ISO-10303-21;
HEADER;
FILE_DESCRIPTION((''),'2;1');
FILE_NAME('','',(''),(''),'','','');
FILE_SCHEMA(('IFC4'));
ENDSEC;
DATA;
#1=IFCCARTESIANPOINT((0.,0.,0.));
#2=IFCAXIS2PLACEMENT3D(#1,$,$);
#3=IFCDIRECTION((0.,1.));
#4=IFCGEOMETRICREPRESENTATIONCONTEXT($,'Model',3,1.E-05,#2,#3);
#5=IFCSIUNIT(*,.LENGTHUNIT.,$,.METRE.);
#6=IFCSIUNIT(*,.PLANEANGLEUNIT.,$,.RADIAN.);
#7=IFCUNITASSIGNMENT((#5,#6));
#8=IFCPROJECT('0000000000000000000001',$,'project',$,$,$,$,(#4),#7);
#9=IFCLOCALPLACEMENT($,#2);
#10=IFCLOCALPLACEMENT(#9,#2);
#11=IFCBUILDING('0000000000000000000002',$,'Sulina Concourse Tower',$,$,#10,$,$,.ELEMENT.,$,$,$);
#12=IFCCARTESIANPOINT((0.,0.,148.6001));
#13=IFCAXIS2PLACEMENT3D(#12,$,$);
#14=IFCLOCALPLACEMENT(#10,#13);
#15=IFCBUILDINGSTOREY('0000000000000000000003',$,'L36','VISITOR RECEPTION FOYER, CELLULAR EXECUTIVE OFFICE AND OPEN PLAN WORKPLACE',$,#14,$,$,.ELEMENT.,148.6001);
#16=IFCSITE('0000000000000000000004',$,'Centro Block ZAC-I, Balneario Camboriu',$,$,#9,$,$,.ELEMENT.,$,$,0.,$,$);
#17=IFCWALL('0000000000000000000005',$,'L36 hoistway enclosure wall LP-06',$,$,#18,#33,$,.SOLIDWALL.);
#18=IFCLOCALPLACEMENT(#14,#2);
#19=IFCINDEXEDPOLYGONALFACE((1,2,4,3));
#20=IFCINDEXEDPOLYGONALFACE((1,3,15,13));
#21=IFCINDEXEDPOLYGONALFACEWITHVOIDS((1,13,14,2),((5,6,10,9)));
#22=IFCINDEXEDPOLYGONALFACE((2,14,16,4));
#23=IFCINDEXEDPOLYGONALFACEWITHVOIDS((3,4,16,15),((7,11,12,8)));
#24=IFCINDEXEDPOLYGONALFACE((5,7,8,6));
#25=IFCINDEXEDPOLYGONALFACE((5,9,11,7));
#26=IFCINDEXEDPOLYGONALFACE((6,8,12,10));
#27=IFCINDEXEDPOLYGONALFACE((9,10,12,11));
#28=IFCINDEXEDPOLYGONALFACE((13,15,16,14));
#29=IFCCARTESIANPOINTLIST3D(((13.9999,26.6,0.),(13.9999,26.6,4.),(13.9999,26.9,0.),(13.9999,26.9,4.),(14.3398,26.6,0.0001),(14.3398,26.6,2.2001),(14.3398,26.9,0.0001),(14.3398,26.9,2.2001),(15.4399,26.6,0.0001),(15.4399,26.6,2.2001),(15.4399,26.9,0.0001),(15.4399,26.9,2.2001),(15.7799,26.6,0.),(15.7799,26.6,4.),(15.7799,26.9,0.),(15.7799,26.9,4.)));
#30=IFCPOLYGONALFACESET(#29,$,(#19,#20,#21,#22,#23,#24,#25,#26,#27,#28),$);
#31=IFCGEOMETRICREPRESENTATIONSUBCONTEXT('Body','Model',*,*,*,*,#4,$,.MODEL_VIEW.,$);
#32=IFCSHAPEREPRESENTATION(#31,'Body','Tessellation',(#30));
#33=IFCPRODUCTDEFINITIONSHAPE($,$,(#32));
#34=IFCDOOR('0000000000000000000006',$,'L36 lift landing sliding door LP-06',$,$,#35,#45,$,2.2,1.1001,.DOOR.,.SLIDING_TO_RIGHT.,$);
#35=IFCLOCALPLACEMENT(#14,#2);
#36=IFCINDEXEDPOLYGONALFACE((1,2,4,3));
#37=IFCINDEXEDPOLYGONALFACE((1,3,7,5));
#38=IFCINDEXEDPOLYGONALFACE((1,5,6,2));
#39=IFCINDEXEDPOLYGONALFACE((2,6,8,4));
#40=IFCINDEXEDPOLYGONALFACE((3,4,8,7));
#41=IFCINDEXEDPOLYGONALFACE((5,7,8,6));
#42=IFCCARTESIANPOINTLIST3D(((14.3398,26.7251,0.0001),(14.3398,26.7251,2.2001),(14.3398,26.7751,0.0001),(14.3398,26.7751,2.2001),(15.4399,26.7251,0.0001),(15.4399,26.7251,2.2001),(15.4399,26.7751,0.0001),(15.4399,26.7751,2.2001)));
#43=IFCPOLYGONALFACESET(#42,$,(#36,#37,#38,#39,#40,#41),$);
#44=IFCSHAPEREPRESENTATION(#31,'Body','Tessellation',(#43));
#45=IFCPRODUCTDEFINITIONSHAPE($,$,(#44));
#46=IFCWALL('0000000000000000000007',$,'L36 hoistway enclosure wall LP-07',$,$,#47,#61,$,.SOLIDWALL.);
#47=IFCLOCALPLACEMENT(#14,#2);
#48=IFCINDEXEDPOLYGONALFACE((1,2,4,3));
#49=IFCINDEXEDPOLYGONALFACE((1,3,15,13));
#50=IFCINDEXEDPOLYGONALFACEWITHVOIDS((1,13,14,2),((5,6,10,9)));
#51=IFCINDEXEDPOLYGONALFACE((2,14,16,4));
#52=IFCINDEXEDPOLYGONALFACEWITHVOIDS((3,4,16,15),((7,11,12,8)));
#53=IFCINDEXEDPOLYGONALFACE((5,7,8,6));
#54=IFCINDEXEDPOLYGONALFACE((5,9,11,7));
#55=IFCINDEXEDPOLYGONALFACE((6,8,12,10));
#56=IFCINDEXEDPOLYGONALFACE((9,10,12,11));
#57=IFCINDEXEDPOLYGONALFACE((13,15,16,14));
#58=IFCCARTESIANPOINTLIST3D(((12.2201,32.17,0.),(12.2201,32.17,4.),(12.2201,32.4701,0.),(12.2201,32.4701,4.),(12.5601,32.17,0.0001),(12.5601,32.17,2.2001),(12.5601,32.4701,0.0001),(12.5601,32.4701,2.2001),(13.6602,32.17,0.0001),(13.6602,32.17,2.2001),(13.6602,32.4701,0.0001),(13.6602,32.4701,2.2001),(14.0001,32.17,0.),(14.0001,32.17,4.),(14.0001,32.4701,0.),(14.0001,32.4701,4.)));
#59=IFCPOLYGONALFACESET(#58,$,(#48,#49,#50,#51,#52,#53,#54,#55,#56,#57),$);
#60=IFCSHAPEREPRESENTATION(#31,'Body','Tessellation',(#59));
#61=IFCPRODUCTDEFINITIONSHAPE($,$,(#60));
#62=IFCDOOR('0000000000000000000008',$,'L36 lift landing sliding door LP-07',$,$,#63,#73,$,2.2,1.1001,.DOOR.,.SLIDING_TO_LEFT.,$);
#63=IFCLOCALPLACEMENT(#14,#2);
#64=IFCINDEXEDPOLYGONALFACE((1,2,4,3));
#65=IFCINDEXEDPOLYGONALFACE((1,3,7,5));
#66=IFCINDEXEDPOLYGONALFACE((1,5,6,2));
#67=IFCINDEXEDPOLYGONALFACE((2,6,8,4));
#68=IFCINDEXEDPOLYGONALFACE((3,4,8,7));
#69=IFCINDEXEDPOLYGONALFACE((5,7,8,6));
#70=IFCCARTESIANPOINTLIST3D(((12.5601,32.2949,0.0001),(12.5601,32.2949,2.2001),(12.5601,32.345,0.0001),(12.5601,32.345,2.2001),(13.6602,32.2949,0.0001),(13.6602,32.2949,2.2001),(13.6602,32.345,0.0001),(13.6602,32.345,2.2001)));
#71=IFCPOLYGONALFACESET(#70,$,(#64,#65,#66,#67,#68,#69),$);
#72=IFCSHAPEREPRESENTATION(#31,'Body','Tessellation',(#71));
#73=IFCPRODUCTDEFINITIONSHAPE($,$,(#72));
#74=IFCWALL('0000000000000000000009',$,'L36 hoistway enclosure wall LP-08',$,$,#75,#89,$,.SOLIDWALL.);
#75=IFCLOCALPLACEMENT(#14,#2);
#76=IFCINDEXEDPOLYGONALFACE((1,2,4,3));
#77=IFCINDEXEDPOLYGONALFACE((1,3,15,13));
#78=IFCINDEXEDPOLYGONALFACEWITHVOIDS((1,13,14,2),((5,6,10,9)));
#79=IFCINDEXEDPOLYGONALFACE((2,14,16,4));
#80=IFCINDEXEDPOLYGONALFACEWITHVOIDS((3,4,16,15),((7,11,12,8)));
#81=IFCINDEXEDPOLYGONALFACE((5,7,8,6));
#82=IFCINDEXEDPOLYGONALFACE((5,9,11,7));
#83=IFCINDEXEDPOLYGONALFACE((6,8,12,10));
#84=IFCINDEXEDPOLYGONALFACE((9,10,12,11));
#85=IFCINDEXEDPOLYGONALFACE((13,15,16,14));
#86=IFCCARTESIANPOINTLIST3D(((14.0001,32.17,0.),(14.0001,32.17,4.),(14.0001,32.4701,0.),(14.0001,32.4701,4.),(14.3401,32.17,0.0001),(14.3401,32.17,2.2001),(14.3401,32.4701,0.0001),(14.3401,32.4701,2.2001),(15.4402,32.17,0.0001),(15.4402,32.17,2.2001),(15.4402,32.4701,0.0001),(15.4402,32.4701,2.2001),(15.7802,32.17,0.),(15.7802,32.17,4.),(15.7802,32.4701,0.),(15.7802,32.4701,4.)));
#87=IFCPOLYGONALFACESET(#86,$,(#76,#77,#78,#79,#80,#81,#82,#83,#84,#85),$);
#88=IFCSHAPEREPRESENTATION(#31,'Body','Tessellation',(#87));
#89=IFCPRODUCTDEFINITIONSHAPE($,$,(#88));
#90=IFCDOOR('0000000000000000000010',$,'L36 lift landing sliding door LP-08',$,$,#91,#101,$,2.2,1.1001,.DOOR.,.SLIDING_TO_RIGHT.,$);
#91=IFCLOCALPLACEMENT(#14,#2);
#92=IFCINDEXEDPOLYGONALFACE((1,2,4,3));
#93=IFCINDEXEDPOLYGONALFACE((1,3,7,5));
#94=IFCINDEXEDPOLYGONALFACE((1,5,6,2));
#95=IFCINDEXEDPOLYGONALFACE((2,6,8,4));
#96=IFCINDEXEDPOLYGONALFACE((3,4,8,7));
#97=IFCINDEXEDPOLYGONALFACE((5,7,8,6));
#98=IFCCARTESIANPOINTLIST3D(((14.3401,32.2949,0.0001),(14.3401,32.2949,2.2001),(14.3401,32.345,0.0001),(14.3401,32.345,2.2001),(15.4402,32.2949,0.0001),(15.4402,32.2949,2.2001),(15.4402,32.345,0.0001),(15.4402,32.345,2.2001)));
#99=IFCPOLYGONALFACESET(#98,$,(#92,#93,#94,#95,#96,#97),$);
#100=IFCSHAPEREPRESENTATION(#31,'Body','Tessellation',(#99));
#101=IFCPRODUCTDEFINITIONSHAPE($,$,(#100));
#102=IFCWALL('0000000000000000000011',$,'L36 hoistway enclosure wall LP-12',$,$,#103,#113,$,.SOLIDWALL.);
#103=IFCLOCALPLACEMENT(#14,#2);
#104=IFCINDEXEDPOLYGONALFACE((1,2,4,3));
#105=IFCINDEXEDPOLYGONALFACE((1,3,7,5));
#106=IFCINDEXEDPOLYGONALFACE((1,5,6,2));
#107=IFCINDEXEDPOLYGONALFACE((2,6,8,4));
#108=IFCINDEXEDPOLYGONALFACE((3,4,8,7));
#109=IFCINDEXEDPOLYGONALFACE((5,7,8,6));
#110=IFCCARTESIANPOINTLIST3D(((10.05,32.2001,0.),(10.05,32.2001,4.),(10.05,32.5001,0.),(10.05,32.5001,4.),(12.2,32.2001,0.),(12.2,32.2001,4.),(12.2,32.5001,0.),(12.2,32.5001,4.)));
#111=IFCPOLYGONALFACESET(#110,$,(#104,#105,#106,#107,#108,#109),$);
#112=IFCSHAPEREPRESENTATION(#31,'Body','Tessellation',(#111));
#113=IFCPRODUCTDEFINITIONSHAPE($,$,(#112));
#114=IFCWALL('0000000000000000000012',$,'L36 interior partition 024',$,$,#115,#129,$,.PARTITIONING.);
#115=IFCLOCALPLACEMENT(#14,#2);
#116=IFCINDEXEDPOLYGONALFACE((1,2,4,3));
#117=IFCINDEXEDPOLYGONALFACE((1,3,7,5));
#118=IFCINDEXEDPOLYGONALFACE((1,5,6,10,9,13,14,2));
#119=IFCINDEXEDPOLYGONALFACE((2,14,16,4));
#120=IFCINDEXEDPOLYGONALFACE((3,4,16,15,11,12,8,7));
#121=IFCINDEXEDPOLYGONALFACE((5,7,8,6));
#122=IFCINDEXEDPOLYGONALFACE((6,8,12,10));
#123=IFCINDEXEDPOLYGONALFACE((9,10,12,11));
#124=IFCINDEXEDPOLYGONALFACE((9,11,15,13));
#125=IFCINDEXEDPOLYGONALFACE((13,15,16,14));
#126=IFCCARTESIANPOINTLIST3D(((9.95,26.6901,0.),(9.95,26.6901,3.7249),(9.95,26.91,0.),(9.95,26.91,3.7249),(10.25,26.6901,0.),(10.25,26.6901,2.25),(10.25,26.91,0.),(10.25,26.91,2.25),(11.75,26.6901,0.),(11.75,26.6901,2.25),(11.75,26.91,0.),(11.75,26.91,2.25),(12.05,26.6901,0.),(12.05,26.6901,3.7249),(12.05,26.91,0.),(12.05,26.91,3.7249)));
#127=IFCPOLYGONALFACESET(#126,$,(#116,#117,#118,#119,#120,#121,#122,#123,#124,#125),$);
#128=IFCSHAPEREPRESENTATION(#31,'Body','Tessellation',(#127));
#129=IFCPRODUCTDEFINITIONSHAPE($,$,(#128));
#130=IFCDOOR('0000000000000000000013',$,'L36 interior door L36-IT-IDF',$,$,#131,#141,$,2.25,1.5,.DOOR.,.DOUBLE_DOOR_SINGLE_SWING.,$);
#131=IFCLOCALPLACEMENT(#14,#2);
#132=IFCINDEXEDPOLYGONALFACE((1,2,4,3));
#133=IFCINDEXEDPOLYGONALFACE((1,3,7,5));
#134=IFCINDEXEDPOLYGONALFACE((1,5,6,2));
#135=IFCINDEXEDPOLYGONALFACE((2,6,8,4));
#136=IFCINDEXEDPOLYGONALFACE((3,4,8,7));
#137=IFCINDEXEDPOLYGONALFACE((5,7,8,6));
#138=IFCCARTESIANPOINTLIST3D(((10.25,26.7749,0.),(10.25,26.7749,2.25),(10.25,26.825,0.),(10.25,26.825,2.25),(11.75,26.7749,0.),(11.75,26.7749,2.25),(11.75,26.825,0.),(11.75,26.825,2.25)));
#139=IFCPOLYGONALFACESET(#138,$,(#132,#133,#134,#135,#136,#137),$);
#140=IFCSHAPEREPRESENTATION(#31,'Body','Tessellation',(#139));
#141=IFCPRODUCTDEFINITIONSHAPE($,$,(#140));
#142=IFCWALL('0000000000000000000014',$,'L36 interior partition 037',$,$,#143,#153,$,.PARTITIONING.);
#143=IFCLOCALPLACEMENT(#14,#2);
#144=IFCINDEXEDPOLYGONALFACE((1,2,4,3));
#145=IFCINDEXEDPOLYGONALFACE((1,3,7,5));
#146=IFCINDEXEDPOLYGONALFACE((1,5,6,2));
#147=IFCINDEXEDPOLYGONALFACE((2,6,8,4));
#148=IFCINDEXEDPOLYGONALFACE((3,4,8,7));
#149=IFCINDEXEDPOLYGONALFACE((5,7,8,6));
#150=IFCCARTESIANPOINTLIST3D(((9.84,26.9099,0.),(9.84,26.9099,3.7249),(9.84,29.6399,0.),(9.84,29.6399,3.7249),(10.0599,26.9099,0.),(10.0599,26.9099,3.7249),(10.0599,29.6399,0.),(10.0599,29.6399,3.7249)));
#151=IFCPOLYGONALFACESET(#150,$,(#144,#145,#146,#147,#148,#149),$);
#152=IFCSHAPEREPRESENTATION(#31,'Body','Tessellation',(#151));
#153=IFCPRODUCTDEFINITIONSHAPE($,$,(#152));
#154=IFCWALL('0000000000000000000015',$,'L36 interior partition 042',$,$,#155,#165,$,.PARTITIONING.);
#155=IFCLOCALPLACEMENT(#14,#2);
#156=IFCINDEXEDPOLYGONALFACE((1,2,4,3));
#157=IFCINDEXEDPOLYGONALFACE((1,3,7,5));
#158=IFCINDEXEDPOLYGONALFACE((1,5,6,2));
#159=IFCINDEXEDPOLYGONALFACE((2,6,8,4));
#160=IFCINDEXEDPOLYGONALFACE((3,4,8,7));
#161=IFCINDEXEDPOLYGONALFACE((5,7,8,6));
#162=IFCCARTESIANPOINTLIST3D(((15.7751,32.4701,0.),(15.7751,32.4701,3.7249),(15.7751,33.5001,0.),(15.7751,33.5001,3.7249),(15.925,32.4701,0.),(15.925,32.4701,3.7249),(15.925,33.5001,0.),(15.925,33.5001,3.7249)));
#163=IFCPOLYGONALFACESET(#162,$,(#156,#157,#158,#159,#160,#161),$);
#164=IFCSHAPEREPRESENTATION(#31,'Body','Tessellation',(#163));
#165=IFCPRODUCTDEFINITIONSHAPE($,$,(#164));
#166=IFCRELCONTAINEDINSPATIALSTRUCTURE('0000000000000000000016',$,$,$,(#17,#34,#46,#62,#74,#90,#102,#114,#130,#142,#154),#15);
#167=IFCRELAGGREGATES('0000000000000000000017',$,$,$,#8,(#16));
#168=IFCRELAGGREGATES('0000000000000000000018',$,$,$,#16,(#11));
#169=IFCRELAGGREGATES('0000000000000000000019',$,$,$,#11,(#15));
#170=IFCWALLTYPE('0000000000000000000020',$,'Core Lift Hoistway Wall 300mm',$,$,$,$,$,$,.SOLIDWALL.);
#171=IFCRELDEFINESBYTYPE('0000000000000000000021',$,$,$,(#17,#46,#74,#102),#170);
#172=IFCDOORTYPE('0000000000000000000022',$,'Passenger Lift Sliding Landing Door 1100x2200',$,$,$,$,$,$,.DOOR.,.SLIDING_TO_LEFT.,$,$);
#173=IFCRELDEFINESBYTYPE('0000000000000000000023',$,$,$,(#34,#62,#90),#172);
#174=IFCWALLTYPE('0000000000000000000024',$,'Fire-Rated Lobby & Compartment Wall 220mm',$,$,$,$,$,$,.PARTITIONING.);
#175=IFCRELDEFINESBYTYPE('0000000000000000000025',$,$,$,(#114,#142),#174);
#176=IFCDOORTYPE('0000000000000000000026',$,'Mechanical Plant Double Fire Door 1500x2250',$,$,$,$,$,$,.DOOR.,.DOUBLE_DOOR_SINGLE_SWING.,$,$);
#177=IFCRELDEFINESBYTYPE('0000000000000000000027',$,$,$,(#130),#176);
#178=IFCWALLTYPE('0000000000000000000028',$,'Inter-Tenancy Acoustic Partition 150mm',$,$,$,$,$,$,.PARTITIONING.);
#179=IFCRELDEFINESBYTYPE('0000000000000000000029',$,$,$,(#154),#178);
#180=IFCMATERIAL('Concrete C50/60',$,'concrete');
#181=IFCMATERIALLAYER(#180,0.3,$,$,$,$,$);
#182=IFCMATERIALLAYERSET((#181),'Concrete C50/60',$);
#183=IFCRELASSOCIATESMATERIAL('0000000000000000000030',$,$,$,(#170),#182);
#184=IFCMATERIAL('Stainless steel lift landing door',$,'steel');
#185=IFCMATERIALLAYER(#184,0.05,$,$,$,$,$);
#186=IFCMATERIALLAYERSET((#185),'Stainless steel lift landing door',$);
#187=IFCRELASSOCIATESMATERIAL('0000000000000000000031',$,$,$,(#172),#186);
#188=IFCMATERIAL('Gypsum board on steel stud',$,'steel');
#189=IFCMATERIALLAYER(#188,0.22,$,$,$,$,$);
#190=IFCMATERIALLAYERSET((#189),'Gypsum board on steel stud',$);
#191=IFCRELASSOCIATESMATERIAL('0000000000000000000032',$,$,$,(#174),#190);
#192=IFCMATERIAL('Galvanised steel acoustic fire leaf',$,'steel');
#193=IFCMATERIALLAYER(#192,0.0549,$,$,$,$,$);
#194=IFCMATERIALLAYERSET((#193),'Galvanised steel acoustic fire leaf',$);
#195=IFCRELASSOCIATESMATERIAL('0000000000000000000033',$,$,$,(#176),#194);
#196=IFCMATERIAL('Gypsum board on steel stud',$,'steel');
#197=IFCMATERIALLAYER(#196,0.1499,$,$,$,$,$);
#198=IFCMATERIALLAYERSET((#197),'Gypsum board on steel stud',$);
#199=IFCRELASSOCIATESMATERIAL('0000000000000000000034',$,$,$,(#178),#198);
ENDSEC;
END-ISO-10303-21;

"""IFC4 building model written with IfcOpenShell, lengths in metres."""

from ifc_helpers import new_model, si_unit, direction, frame, frame_2d, origin, place, context, subcontext, project, spatial, rectangle, extrude, material, layer, layer_set, type_object, element, fill, save


model = new_model("IFC4")

# Units and contexts
model_context = context("Model", 3, precision=1e-05, world=origin(), true_north=direction((0.0, 1.0)))
body_context = subcontext(model_context, "Body", "Model", "MODEL_VIEW")
ifc_project = project(units=[si_unit("LENGTHUNIT", "METRE"), si_unit("PLANEANGLEUNIT", "RADIAN")], contexts=[model_context])

# Site, building, storey
site_placement = place(None, origin())
site = spatial("IfcSite", under=ifc_project, at=site_placement, Name="Centro Block ZAC-I, Balneario Camboriu", CompositionType="ELEMENT", RefElevation=0.0)
building_placement = place(site_placement, origin())
building = spatial("IfcBuilding", under=site, at=building_placement, Name="Sulina Concourse Tower", CompositionType="ELEMENT")
storey_placement = place(building_placement, frame((0.0, 0.0, 148.6001)))
storey = spatial("IfcBuildingStorey", under=building, at=storey_placement, Name="L36", Description="VISITOR RECEPTION FOYER, CELLULAR EXECUTIVE OFFICE AND OPEN PLAN WORKPLACE", CompositionType="ELEMENT", Elevation=148.6001)

# Walls, openings, doors
ifc_material_1 = material(Name="Concrete C50/60", Category="concrete")
ifc_layer_1 = layer(ifc_material_1, 0.3)
ifc_layer_set_1 = layer_set([ifc_layer_1], Name="Concrete C50/60")
wall_type_1 = type_object("IfcWallType", Name="Core Lift Hoistway Wall 300mm", PredefinedType="SOLIDWALL", material=ifc_layer_set_1)
ifc_material_2 = material(Name="Stainless steel lift landing door", Category="steel")
ifc_layer_2 = layer(ifc_material_2, 0.05)
ifc_layer_set_2 = layer_set([ifc_layer_2], Name="Stainless steel lift landing door")
door_type_1 = type_object("IfcDoorType", Name="Passenger Lift Sliding Landing Door 1100x2200", OperationType="SLIDING_TO_LEFT", PredefinedType="DOOR", material=ifc_layer_set_2)
wall_1_placement = place(storey_placement, frame((15.78, 26.75, 0.0), z_axis=(0.0, 0.0, 1.0), x_axis=(-1.0, 0.0, 0.0)))
wall_1 = element("IfcWall", 1, at=wall_1_placement, inside=storey, type_object=wall_type_1, Name="L36 hoistway enclosure wall LP-06", PredefinedType="SOLIDWALL", context=body_context, shape_type="SweptSolid", body=[
    extrude(rectangle(XDim=1.78, YDim=0.3, at=frame_2d((0.8901, 0.0))), origin(), (0.0, 0.0, 1.0), 4.0),
])
opening_1_placement = place(wall_1_placement, frame((0.3401, 0.0, 0.0)))
opening_1 = element("IfcOpeningElement", 2, at=opening_1_placement, cuts=wall_1, PredefinedType="OPENING", context=body_context, shape_type="SweptSolid", body=[
    extrude(rectangle(XDim=1.1001, YDim=2.2, at=frame_2d((0.55, 1.1001))), frame((0.0, 0.1599, 0.0), z_axis=(0.0, -1.0, 0.0), x_axis=(1.0, 0.0, 0.0)), (0.0, 0.0, 1.0), 0.3201),
])
door_1_placement = place(opening_1_placement, origin())
door_1 = element("IfcDoor", 3, at=door_1_placement, inside=storey, type_object=door_type_1, Name="L36 lift landing sliding door LP-06", OperationType="SLIDING_TO_RIGHT", OverallHeight=2.2, OverallWidth=1.1001, PredefinedType="DOOR", context=body_context, shape_type="SweptSolid", body=[
    extrude(rectangle(XDim=1.1001, YDim=2.2, at=frame_2d((0.55, 1.1001))), frame((0.0, 0.0249, 0.0), z_axis=(0.0, -1.0, 0.0), x_axis=(1.0, 0.0, 0.0)), (0.0, 0.0, 1.0), 0.05),
])
fill(opening_1, door_1)
wall_2_placement = place(storey_placement, frame((12.22, 32.3201, 0.0), z_axis=(0.0, 0.0, 1.0), x_axis=(1.0, 0.0, 0.0)))
wall_2 = element("IfcWall", 4, at=wall_2_placement, inside=storey, type_object=wall_type_1, Name="L36 hoistway enclosure wall LP-07", PredefinedType="SOLIDWALL", context=body_context, shape_type="SweptSolid", body=[
    extrude(rectangle(XDim=1.78, YDim=0.3, at=frame_2d((0.8901, 0.0))), origin(), (0.0, 0.0, 1.0), 4.0),
])
opening_2_placement = place(wall_2_placement, frame((0.3401, 0.0, 0.0)))
opening_2 = element("IfcOpeningElement", 5, at=opening_2_placement, cuts=wall_2, PredefinedType="OPENING", context=body_context, shape_type="SweptSolid", body=[
    extrude(rectangle(XDim=1.1001, YDim=2.2, at=frame_2d((0.55, 1.1001))), frame((0.0, 0.1599, 0.0), z_axis=(0.0, -1.0, 0.0), x_axis=(1.0, 0.0, 0.0)), (0.0, 0.0, 1.0), 0.3201),
])
door_2_placement = place(opening_2_placement, origin())
door_2 = element("IfcDoor", 6, at=door_2_placement, inside=storey, type_object=door_type_1, Name="L36 lift landing sliding door LP-07", OperationType="SLIDING_TO_LEFT", OverallHeight=2.2, OverallWidth=1.1001, PredefinedType="DOOR", context=body_context, shape_type="SweptSolid", body=[
    extrude(rectangle(XDim=1.1001, YDim=2.2, at=frame_2d((0.55, 1.1001))), frame((0.0, 0.0249, 0.0), z_axis=(0.0, -1.0, 0.0), x_axis=(1.0, 0.0, 0.0)), (0.0, 0.0, 1.0), 0.05),
])
fill(opening_2, door_2)
wall_3_placement = place(storey_placement, frame((14.0, 32.3201, 0.0), z_axis=(0.0, 0.0, 1.0), x_axis=(1.0, 0.0, 0.0)))
wall_3 = element("IfcWall", 7, at=wall_3_placement, inside=storey, type_object=wall_type_1, Name="L36 hoistway enclosure wall LP-08", PredefinedType="SOLIDWALL", context=body_context, shape_type="SweptSolid", body=[
    extrude(rectangle(XDim=1.78, YDim=0.3, at=frame_2d((0.8901, 0.0))), origin(), (0.0, 0.0, 1.0), 4.0),
])
opening_3_placement = place(wall_3_placement, frame((0.3401, 0.0, 0.0)))
opening_3 = element("IfcOpeningElement", 8, at=opening_3_placement, cuts=wall_3, PredefinedType="OPENING", context=body_context, shape_type="SweptSolid", body=[
    extrude(rectangle(XDim=1.1001, YDim=2.2, at=frame_2d((0.55, 1.1001))), frame((0.0, 0.1599, 0.0), z_axis=(0.0, -1.0, 0.0), x_axis=(1.0, 0.0, 0.0)), (0.0, 0.0, 1.0), 0.3201),
])
door_3_placement = place(opening_3_placement, origin())
door_3 = element("IfcDoor", 9, at=door_3_placement, inside=storey, type_object=door_type_1, Name="L36 lift landing sliding door LP-08", OperationType="SLIDING_TO_RIGHT", OverallHeight=2.2, OverallWidth=1.1001, PredefinedType="DOOR", context=body_context, shape_type="SweptSolid", body=[
    extrude(rectangle(XDim=1.1001, YDim=2.2, at=frame_2d((0.55, 1.1001))), frame((0.0, 0.0249, 0.0), z_axis=(0.0, -1.0, 0.0), x_axis=(1.0, 0.0, 0.0)), (0.0, 0.0, 1.0), 0.05),
])
fill(opening_3, door_3)

# Wall
wall_4_placement = place(storey_placement, frame((10.05, 32.3501, 0.0), z_axis=(0.0, 0.0, 1.0), x_axis=(1.0, 0.0, 0.0)))
element("IfcWall", 10, at=wall_4_placement, inside=storey, type_object=wall_type_1, Name="L36 hoistway enclosure wall LP-12", PredefinedType="SOLIDWALL", context=body_context, shape_type="SweptSolid", body=[
    extrude(rectangle(XDim=2.1499, YDim=0.3, at=frame_2d((1.075, 0.0))), origin(), (0.0, 0.0, 1.0), 4.0),
])

# Wall, opening, door
ifc_material_3 = material(Name="Gypsum board on steel stud", Category="steel")
ifc_layer_3 = layer(ifc_material_3, 0.22)
ifc_layer_set_3 = layer_set([ifc_layer_3], Name="Gypsum board on steel stud")
wall_type_2 = type_object("IfcWallType", Name="Fire-Rated Lobby & Compartment Wall 220mm", PredefinedType="PARTITIONING", material=ifc_layer_set_3)
wall_5_placement = place(storey_placement, frame((9.95, 26.8, 0.0), z_axis=(0.0, 0.0, 1.0), x_axis=(1.0, 0.0, 0.0)))
wall_5 = element("IfcWall", 11, at=wall_5_placement, inside=storey, type_object=wall_type_2, Name="L36 interior partition 024", PredefinedType="PARTITIONING", context=body_context, shape_type="SweptSolid", body=[
    extrude(rectangle(XDim=2.1001, YDim=0.22, at=frame_2d((1.05, 0.0))), origin(), (0.0, 0.0, 1.0), 3.7249),
])
opening_4_placement = place(wall_5_placement, frame((0.3, 0.0, 0.0)))
opening_4 = element("IfcOpeningElement", 12, at=opening_4_placement, cuts=wall_5, PredefinedType="OPENING", context=body_context, shape_type="SweptSolid", body=[
    extrude(rectangle(XDim=1.5, YDim=2.25, at=frame_2d((0.75, 1.125))), frame((0.0, 0.1199, 0.0), z_axis=(0.0, -1.0, 0.0), x_axis=(1.0, 0.0, 0.0)), (0.0, 0.0, 1.0), 0.24),
])
ifc_material_4 = material(Name="Galvanised steel acoustic fire leaf", Category="steel")
ifc_layer_4 = layer(ifc_material_4, 0.0549)
ifc_layer_set_4 = layer_set([ifc_layer_4], Name="Galvanised steel acoustic fire leaf")
door_type_2 = type_object("IfcDoorType", Name="Mechanical Plant Double Fire Door 1500x2250", OperationType="DOUBLE_DOOR_SINGLE_SWING", PredefinedType="DOOR", material=ifc_layer_set_4)
door_4_placement = place(opening_4_placement, origin())
door_4 = element("IfcDoor", 13, at=door_4_placement, inside=storey, type_object=door_type_2, Name="L36 interior door L36-IT-IDF", OperationType="DOUBLE_DOOR_SINGLE_SWING", OverallHeight=2.25, OverallWidth=1.5, PredefinedType="DOOR", context=body_context, shape_type="SweptSolid", body=[
    extrude(rectangle(XDim=1.5, YDim=2.25, at=frame_2d((0.75, 1.125))), frame((0.0, 0.0249, 0.0), z_axis=(0.0, -1.0, 0.0), x_axis=(1.0, 0.0, 0.0)), (0.0, 0.0, 1.0), 0.05),
])
fill(opening_4, door_4)

# Walls
wall_6_placement = place(storey_placement, frame((9.95, 26.9099, 0.0), z_axis=(0.0, 0.0, 1.0), x_axis=(0.0, 1.0, 0.0)))
element("IfcWall", 14, at=wall_6_placement, inside=storey, type_object=wall_type_2, Name="L36 interior partition 037", PredefinedType="PARTITIONING", context=body_context, shape_type="SweptSolid", body=[
    extrude(rectangle(XDim=2.73, YDim=0.22, at=frame_2d((1.365, 0.0))), origin(), (0.0, 0.0, 1.0), 3.7249),
])
ifc_material_5 = material(Name="Gypsum board on steel stud", Category="steel")
ifc_layer_5 = layer(ifc_material_5, 0.1499)
ifc_layer_set_5 = layer_set([ifc_layer_5], Name="Gypsum board on steel stud")
wall_type_3 = type_object("IfcWallType", Name="Inter-Tenancy Acoustic Partition 150mm", PredefinedType="PARTITIONING", material=ifc_layer_set_5)
wall_7_placement = place(storey_placement, frame((15.8501, 32.47, 0.0), z_axis=(0.0, 0.0, 1.0), x_axis=(0.0, 1.0, 0.0)))
element("IfcWall", 15, at=wall_7_placement, inside=storey, type_object=wall_type_3, Name="L36 interior partition 042", PredefinedType="PARTITIONING", context=body_context, shape_type="SweptSolid", body=[
    extrude(rectangle(XDim=1.03, YDim=0.1499, at=frame_2d((0.5151, 0.0))), origin(), (0.0, 0.0, 1.0), 3.7249),
])

save(model, "model.ifc")
